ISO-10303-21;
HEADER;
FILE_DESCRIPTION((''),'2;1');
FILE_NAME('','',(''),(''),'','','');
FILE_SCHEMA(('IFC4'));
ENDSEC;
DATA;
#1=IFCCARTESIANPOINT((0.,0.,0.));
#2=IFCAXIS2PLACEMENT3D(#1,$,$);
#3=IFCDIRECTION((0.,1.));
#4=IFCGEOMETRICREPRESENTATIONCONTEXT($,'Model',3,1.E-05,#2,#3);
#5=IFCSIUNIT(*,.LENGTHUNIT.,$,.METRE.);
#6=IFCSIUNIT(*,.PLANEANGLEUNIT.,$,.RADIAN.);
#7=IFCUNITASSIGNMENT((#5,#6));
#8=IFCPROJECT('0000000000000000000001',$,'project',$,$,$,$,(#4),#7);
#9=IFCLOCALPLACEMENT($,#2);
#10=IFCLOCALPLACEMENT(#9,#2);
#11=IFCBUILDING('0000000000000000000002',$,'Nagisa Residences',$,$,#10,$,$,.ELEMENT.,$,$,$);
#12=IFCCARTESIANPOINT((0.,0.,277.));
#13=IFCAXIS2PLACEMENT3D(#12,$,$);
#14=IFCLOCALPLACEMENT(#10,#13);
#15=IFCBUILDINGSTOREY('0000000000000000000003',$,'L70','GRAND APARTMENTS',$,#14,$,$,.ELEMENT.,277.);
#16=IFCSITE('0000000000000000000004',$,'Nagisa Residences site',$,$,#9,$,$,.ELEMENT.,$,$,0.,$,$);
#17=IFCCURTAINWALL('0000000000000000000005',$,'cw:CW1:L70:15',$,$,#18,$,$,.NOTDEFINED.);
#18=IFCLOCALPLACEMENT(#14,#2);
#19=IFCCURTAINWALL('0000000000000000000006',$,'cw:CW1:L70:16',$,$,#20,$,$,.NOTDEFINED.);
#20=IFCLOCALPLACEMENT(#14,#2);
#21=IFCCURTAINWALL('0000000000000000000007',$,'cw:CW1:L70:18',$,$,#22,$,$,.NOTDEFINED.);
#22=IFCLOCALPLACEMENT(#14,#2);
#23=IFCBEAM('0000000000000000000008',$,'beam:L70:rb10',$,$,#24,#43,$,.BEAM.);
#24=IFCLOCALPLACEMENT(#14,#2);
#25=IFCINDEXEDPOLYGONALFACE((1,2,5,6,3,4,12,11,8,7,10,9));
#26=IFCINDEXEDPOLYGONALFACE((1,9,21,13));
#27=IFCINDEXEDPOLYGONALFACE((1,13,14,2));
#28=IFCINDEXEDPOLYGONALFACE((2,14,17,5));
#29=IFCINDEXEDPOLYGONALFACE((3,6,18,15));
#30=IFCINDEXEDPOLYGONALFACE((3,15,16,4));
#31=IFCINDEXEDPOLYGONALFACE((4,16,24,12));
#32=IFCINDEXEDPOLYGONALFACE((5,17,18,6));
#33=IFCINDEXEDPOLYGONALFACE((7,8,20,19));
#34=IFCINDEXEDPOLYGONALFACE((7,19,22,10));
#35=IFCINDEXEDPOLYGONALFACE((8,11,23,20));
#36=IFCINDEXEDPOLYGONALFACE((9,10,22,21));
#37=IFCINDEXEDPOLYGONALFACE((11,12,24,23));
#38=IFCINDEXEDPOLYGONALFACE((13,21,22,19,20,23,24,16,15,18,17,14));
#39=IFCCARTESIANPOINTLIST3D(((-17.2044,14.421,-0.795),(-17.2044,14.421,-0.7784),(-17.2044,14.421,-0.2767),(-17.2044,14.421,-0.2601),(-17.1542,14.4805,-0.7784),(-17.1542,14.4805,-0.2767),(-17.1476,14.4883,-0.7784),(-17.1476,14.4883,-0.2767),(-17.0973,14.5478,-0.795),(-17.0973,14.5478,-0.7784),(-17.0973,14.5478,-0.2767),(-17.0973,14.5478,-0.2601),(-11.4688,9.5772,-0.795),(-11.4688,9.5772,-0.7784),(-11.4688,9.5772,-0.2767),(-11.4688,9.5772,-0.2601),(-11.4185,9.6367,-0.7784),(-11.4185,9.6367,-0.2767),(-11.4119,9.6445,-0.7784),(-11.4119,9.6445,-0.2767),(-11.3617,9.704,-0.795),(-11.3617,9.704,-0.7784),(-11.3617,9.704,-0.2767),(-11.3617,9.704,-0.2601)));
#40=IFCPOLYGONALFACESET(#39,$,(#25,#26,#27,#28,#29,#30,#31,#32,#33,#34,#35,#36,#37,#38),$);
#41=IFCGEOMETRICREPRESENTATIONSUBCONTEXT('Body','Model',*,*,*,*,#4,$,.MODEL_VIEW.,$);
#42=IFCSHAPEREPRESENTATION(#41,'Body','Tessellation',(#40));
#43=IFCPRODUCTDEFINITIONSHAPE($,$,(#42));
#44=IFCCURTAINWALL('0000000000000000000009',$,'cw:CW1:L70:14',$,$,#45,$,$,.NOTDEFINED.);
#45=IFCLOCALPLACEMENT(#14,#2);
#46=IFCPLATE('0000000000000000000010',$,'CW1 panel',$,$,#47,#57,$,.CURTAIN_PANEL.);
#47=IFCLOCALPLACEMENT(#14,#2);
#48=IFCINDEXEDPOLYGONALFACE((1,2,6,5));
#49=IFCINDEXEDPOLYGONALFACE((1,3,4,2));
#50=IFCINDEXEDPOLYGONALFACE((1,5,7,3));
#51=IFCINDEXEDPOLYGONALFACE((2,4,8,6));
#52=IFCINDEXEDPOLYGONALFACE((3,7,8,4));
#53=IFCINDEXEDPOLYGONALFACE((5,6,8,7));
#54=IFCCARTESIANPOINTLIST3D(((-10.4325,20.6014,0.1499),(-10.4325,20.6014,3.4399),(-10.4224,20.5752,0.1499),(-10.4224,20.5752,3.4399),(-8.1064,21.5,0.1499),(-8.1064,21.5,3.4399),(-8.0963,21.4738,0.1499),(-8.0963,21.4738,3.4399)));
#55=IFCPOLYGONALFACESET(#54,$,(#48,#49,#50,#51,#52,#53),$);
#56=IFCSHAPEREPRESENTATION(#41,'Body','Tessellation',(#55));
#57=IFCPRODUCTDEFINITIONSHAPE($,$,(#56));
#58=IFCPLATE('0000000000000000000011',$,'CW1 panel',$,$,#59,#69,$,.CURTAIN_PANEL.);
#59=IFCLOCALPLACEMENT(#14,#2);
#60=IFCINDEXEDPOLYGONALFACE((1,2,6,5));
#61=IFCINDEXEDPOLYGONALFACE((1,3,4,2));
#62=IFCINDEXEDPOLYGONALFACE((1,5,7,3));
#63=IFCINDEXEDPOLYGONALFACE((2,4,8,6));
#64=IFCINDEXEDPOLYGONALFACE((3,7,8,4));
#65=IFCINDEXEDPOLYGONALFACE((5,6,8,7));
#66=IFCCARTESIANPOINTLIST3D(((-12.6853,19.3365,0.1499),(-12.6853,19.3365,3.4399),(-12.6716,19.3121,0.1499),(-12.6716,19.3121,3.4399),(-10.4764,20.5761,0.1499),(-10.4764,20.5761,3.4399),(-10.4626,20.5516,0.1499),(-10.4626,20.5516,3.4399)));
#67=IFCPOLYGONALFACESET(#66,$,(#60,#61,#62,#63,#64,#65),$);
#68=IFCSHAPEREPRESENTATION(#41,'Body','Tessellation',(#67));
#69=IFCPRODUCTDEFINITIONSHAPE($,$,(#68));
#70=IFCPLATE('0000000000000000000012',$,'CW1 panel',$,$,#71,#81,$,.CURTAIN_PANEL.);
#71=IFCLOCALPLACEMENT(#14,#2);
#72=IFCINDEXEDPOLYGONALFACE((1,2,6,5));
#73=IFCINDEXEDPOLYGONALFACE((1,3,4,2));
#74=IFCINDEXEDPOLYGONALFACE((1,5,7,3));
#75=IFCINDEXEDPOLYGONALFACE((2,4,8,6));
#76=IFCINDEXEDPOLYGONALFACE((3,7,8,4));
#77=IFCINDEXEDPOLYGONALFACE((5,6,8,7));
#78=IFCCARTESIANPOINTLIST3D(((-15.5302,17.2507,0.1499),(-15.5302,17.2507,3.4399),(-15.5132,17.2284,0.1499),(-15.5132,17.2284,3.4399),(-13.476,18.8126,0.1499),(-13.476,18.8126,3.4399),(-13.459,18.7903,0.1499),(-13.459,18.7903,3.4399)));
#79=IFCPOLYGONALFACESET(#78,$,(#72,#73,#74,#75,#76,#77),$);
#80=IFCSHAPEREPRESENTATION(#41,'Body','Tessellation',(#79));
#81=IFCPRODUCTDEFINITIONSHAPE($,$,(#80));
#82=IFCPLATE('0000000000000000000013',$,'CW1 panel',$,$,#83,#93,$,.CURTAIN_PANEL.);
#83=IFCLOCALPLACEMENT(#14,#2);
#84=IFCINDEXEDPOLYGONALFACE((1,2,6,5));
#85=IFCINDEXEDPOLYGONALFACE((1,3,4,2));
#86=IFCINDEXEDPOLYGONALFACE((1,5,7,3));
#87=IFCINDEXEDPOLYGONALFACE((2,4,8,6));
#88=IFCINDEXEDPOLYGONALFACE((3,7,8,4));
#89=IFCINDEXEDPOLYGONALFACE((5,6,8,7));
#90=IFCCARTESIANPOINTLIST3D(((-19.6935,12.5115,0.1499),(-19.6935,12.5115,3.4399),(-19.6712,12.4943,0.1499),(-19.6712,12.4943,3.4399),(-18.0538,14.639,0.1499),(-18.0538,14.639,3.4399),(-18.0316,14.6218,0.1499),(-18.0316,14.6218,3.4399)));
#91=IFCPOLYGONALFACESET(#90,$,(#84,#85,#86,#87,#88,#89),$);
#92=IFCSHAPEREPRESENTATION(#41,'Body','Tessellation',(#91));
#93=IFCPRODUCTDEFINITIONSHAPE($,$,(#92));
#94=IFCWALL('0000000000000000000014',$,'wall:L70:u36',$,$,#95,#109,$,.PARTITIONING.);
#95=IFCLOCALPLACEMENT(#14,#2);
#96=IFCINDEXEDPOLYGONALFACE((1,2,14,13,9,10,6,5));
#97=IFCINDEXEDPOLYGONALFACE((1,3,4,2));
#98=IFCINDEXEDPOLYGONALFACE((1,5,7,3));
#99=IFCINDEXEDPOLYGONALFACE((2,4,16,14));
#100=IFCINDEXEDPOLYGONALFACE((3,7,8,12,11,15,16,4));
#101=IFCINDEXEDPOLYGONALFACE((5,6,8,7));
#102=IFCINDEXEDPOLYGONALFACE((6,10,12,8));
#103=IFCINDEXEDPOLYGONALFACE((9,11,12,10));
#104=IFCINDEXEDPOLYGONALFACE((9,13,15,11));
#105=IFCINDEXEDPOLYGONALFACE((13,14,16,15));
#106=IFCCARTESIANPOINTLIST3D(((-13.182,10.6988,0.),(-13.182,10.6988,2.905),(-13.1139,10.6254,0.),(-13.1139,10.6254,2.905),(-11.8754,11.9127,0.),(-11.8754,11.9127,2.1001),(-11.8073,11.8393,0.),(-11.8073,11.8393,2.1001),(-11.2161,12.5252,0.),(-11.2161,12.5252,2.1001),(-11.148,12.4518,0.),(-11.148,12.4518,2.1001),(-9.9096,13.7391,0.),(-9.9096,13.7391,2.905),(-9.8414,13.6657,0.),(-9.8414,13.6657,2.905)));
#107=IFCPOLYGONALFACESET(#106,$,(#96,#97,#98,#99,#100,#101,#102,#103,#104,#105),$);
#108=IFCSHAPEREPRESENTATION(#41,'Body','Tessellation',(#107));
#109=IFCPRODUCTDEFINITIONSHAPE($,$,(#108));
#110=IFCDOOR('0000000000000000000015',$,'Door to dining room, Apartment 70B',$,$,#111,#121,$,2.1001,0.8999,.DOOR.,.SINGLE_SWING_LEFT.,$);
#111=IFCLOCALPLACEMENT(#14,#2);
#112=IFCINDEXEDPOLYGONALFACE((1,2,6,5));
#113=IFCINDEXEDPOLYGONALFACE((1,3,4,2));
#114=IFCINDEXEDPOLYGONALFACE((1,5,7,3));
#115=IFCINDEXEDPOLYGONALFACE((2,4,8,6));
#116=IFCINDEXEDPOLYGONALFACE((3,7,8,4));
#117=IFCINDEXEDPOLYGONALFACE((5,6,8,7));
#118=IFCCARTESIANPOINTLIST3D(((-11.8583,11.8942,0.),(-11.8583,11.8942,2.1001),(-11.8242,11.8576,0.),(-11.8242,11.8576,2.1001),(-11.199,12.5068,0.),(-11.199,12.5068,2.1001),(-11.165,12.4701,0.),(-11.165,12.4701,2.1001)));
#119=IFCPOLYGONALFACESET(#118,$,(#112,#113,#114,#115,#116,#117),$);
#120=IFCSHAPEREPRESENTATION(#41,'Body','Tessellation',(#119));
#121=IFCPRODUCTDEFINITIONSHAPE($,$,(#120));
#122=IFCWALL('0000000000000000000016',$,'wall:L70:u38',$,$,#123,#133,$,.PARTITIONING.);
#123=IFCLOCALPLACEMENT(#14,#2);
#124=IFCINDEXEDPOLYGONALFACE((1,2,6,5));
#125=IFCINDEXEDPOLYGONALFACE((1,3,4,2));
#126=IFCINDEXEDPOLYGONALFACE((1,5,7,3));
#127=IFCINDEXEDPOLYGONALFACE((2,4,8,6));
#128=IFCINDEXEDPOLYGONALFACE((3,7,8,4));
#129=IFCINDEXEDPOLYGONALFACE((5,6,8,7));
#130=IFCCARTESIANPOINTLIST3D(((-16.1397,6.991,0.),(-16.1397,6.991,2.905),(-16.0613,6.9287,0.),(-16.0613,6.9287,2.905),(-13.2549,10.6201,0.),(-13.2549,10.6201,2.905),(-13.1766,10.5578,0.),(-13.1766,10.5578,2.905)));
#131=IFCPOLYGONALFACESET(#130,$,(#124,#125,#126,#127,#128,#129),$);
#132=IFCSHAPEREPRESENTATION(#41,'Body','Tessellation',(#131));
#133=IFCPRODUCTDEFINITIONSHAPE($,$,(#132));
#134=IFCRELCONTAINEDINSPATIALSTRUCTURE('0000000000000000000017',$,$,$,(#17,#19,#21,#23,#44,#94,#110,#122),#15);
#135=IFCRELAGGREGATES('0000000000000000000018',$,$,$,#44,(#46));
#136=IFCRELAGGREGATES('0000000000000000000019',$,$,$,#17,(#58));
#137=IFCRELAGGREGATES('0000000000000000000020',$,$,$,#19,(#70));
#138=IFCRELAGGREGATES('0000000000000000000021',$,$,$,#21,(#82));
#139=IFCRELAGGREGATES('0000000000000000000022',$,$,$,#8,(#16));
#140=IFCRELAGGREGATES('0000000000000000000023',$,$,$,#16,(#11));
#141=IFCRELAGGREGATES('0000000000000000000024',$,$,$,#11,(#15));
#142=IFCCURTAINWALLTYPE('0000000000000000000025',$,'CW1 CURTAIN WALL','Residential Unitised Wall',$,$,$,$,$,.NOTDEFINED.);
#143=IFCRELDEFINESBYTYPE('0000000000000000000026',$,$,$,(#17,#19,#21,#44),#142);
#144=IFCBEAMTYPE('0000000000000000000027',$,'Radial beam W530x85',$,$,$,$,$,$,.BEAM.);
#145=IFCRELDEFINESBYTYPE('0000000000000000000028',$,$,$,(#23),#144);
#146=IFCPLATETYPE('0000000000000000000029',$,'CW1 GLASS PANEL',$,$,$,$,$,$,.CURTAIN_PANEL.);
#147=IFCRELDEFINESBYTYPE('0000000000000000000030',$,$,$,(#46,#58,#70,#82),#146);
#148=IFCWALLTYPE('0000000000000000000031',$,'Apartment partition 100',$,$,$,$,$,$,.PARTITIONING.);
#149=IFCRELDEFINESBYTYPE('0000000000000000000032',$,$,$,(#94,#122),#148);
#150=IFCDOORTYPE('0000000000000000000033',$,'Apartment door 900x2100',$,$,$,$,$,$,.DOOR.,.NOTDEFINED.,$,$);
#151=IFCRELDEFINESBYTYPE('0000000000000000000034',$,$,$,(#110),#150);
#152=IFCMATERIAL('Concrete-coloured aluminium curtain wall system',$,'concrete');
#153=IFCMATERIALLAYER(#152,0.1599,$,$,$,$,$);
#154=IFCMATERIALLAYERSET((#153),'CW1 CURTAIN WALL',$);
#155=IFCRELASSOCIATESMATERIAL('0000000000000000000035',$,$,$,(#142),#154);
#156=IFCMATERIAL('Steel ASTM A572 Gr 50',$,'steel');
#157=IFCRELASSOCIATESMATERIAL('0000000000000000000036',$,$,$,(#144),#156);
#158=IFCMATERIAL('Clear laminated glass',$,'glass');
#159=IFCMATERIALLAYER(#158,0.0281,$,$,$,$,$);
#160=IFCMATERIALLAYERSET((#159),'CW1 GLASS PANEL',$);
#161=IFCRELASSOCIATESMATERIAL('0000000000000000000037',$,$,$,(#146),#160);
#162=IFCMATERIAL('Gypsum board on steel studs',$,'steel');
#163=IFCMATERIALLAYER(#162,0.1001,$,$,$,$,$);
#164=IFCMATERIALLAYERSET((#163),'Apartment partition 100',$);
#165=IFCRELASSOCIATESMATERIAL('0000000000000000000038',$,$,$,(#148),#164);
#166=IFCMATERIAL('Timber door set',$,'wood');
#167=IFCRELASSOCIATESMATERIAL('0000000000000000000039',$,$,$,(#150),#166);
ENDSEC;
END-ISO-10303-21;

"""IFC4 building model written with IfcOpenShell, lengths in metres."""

from ifc_helpers import new_model, si_unit, direction, frame, frame_2d, origin, origin_2d, place, context, subcontext, project, spatial, rectangle, i_section, extrude, material, layer, layer_set, material_profile, profile_set, type_object, element, fill, aggregate, save


model = new_model("IFC4")

# Units and contexts
model_context = context("Model", 3, precision=1e-05, world=origin(), true_north=direction((0.0, 1.0)))
body_context = subcontext(model_context, "Body", "Model", "MODEL_VIEW")
ifc_project = project(units=[si_unit("LENGTHUNIT", "METRE"), si_unit("PLANEANGLEUNIT", "RADIAN")], contexts=[model_context])

# Site, building, storey
site_placement = place(None, origin())
site = spatial("IfcSite", under=ifc_project, at=site_placement, Name="Nagisa Residences site", CompositionType="ELEMENT", RefElevation=0.0)
building_placement = place(site_placement, origin())
building = spatial("IfcBuilding", under=site, at=building_placement, Name="Nagisa Residences", CompositionType="ELEMENT")
storey_placement = place(building_placement, frame((0.0, 0.0, 277.0)))
storey = spatial("IfcBuildingStorey", under=building, at=storey_placement, Name="L70", Description="GRAND APARTMENTS", CompositionType="ELEMENT", Elevation=277.0)

# Curtain walls
ifc_material_1 = material(Name="Concrete-coloured aluminium curtain wall system", Category="concrete")
ifc_layer_1 = layer(ifc_material_1, 0.1599)
ifc_layer_set_1 = layer_set([ifc_layer_1], Name="CW1 CURTAIN WALL")
curtain_wall_type = type_object("IfcCurtainWallType", Name="CW1 CURTAIN WALL", Description="Residential Unitised Wall", PredefinedType="NOTDEFINED", material=ifc_layer_set_1)
curtain_wall_1_placement = place(storey_placement, origin())
curtain_wall_1 = element("IfcCurtainWall", 1, at=curtain_wall_1_placement, inside=storey, type_object=curtain_wall_type, Name="cw:CW1:L70:15", PredefinedType="NOTDEFINED")
curtain_wall_2_placement = place(storey_placement, origin())
curtain_wall_2 = element("IfcCurtainWall", 2, at=curtain_wall_2_placement, inside=storey, type_object=curtain_wall_type, Name="cw:CW1:L70:16", PredefinedType="NOTDEFINED")
curtain_wall_3_placement = place(storey_placement, origin())
curtain_wall_3 = element("IfcCurtainWall", 3, at=curtain_wall_3_placement, inside=storey, type_object=curtain_wall_type, Name="cw:CW1:L70:18", PredefinedType="NOTDEFINED")

# Beam
ifc_material_2 = material(Name="Steel ASTM A572 Gr 50", Category="steel")
ifc_material_profile_1 = material_profile(ifc_material_2, i_section(OverallWidth=0.166, OverallDepth=0.5349, WebThickness=0.0103, FlangeThickness=0.0166, at=origin_2d()), Name="W530x85")
ifc_profile_set_1 = profile_set([ifc_material_profile_1], Name="Steel ASTM A572 Gr 50")
beam_type_1 = type_object("IfcBeamType", Name="Radial beam W530x85", PredefinedType="BEAM", material=ifc_profile_set_1)
beam_1_placement = place(storey_placement, frame((-17.1509, 14.4844, -0.5276), z_axis=(0.764006, -0.645209, 0.0), x_axis=(0.645209, 0.764006, 0.0)))
element("IfcBeam", 4, at=beam_1_placement, inside=storey, type_object=beam_type_1, Name="beam:L70:rb10", PredefinedType="BEAM", context=body_context, shape_type="SweptSolid", body=[
    extrude(i_section(OverallWidth=0.166, OverallDepth=0.5349, WebThickness=0.0103, FlangeThickness=0.0166, at=origin_2d()), origin(), (0.0, 0.0, 1.0), 7.5073),
])

# Curtain wall, plate
curtain_wall_4_placement = place(storey_placement, origin())
curtain_wall_4 = element("IfcCurtainWall", 5, at=curtain_wall_4_placement, inside=storey, type_object=curtain_wall_type, Name="cw:CW1:L70:14", PredefinedType="NOTDEFINED")
ifc_material_3 = material(Name="Clear laminated glass", Category="glass")
ifc_layer_2 = layer(ifc_material_3, 0.0281)
ifc_layer_set_2 = layer_set([ifc_layer_2], Name="CW1 GLASS PANEL")
plate_type = type_object("IfcPlateType", Name="CW1 GLASS PANEL", PredefinedType="CURTAIN_PANEL", material=ifc_layer_set_2)
plate_1_placement = place(storey_placement, frame((-9.2644, 21.0376, 0.1499), z_axis=(0.0, 0.0, 1.0), x_axis=(-0.932826, -0.360328, 0.0)))
plate_1 = element("IfcPlate", 6, at=plate_1_placement, type_object=plate_type, Name="CW1 panel", PredefinedType="CURTAIN_PANEL", context=body_context, shape_type="SweptSolid", body=[
    extrude(rectangle(XDim=2.4937, YDim=0.0281, at=origin_2d()), origin(), (0.0, 0.0, 1.0), 3.29),
])
aggregate(curtain_wall_4, [plate_1])

# Plates
plate_2_placement = place(storey_placement, frame((-11.574, 19.9441, 0.1499), z_axis=(0.0, 0.0, 1.0), x_axis=(-0.872072, -0.489377, 0.0)))
plate_2 = element("IfcPlate", 7, at=plate_2_placement, type_object=plate_type, Name="CW1 panel", PredefinedType="CURTAIN_PANEL", context=body_context, shape_type="SweptSolid", body=[
    extrude(rectangle(XDim=2.533, YDim=0.0281, at=origin_2d()), origin(), (0.0, 0.0, 1.0), 3.29),
])
aggregate(curtain_wall_1, [plate_2])
plate_3_placement = place(storey_placement, frame((-14.4946, 18.0205, 0.1499), z_axis=(0.0, 0.0, 1.0), x_axis=(-0.796031, -0.605255, 0.0)))
plate_3 = element("IfcPlate", 8, at=plate_3_placement, type_object=plate_type, Name="CW1 panel", PredefinedType="CURTAIN_PANEL", context=body_context, shape_type="SweptSolid", body=[
    extrude(rectangle(XDim=2.5806, YDim=0.0281, at=origin_2d()), origin(), (0.0, 0.0, 1.0), 3.29),
])
aggregate(curtain_wall_2, [plate_3])
plate_4_placement = place(storey_placement, frame((-18.8625, 13.5667, 0.1499), z_axis=(0.0, 0.0, 1.0), x_axis=(-0.61043, -0.79207, 0.0)))
plate_4 = element("IfcPlate", 9, at=plate_4_placement, type_object=plate_type, Name="CW1 panel", PredefinedType="CURTAIN_PANEL", context=body_context, shape_type="SweptSolid", body=[
    extrude(rectangle(XDim=2.686, YDim=0.0281, at=origin_2d()), origin(), (0.0, 0.0, 1.0), 3.29),
])
aggregate(curtain_wall_3, [plate_4])

# Wall, opening, door
ifc_material_4 = material(Name="Gypsum board on steel studs", Category="steel")
ifc_layer_3 = layer(ifc_material_4, 0.1001)
ifc_layer_set_3 = layer_set([ifc_layer_3], Name="Apartment partition 100")
wall_type_1 = type_object("IfcWallType", Name="Apartment partition 100", PredefinedType="PARTITIONING", material=ifc_layer_set_3)
wall_1_placement = place(storey_placement, frame((-9.8755, 13.7024, 0.0), z_axis=(0.0, 0.0, 1.0), x_axis=(-0.732618, -0.68064, 0.0)))
wall_1 = element("IfcWall", 10, at=wall_1_placement, inside=storey, type_object=wall_type_1, Name="wall:L70:u36", PredefinedType="PARTITIONING", context=body_context, shape_type="SweptSolid", body=[
    extrude(rectangle(XDim=4.4668, YDim=0.1001, at=frame_2d((2.2334, 0.0))), origin(), (0.0, 0.0, 1.0), 2.905),
])
opening_1_placement = place(wall_1_placement, frame((1.7834, 0.0, 0.0)))
opening_1 = element("IfcOpeningElement", 11, at=opening_1_placement, cuts=wall_1, PredefinedType="OPENING", context=body_context, shape_type="SweptSolid", body=[
    extrude(rectangle(XDim=0.8999, YDim=2.1001, at=frame_2d((0.45, 1.05))), frame((0.0, 0.0601, 0.0), z_axis=(0.0, -1.0, 0.0), x_axis=(1.0, 0.0, 0.0)), (0.0, 0.0, 1.0), 0.1201),
])
ifc_material_5 = material(Name="Timber door set", Category="wood")
door_type_1 = type_object("IfcDoorType", Name="Apartment door 900x2100", OperationType="NOTDEFINED", PredefinedType="DOOR", material=ifc_material_5)
door_1_placement = place(opening_1_placement, frame((0.8999, 0.0, 0.0), x_axis=(-1.0, 0.0, 0.0)))
door_1 = element("IfcDoor", 12, at=door_1_placement, inside=storey, type_object=door_type_1, Name="Door to dining room, Apartment 70B", OperationType="SINGLE_SWING_LEFT", OverallHeight=2.1001, OverallWidth=0.8999, PredefinedType="DOOR", context=body_context, shape_type="SweptSolid", body=[
    extrude(rectangle(XDim=0.8999, YDim=2.1001, at=frame_2d((0.45, 1.05))), frame((0.0, 0.0249, 0.0), z_axis=(0.0, -1.0, 0.0), x_axis=(1.0, 0.0, 0.0)), (0.0, 0.0, 1.0), 0.05),
])
fill(opening_1, door_1)

# Wall
wall_2_placement = place(storey_placement, frame((-13.2158, 10.5889, 0.0), z_axis=(0.0, 0.0, 1.0), x_axis=(-0.622252, -0.782817, 0.0)))
element("IfcWall", 13, at=wall_2_placement, inside=storey, type_object=wall_type_1, Name="wall:L70:u38", PredefinedType="PARTITIONING", context=body_context, shape_type="SweptSolid", body=[
    extrude(rectangle(XDim=4.636, YDim=0.1001, at=frame_2d((2.3179, 0.0))), origin(), (0.0, 0.0, 1.0), 2.905),
])

save(model, "model.ifc")
